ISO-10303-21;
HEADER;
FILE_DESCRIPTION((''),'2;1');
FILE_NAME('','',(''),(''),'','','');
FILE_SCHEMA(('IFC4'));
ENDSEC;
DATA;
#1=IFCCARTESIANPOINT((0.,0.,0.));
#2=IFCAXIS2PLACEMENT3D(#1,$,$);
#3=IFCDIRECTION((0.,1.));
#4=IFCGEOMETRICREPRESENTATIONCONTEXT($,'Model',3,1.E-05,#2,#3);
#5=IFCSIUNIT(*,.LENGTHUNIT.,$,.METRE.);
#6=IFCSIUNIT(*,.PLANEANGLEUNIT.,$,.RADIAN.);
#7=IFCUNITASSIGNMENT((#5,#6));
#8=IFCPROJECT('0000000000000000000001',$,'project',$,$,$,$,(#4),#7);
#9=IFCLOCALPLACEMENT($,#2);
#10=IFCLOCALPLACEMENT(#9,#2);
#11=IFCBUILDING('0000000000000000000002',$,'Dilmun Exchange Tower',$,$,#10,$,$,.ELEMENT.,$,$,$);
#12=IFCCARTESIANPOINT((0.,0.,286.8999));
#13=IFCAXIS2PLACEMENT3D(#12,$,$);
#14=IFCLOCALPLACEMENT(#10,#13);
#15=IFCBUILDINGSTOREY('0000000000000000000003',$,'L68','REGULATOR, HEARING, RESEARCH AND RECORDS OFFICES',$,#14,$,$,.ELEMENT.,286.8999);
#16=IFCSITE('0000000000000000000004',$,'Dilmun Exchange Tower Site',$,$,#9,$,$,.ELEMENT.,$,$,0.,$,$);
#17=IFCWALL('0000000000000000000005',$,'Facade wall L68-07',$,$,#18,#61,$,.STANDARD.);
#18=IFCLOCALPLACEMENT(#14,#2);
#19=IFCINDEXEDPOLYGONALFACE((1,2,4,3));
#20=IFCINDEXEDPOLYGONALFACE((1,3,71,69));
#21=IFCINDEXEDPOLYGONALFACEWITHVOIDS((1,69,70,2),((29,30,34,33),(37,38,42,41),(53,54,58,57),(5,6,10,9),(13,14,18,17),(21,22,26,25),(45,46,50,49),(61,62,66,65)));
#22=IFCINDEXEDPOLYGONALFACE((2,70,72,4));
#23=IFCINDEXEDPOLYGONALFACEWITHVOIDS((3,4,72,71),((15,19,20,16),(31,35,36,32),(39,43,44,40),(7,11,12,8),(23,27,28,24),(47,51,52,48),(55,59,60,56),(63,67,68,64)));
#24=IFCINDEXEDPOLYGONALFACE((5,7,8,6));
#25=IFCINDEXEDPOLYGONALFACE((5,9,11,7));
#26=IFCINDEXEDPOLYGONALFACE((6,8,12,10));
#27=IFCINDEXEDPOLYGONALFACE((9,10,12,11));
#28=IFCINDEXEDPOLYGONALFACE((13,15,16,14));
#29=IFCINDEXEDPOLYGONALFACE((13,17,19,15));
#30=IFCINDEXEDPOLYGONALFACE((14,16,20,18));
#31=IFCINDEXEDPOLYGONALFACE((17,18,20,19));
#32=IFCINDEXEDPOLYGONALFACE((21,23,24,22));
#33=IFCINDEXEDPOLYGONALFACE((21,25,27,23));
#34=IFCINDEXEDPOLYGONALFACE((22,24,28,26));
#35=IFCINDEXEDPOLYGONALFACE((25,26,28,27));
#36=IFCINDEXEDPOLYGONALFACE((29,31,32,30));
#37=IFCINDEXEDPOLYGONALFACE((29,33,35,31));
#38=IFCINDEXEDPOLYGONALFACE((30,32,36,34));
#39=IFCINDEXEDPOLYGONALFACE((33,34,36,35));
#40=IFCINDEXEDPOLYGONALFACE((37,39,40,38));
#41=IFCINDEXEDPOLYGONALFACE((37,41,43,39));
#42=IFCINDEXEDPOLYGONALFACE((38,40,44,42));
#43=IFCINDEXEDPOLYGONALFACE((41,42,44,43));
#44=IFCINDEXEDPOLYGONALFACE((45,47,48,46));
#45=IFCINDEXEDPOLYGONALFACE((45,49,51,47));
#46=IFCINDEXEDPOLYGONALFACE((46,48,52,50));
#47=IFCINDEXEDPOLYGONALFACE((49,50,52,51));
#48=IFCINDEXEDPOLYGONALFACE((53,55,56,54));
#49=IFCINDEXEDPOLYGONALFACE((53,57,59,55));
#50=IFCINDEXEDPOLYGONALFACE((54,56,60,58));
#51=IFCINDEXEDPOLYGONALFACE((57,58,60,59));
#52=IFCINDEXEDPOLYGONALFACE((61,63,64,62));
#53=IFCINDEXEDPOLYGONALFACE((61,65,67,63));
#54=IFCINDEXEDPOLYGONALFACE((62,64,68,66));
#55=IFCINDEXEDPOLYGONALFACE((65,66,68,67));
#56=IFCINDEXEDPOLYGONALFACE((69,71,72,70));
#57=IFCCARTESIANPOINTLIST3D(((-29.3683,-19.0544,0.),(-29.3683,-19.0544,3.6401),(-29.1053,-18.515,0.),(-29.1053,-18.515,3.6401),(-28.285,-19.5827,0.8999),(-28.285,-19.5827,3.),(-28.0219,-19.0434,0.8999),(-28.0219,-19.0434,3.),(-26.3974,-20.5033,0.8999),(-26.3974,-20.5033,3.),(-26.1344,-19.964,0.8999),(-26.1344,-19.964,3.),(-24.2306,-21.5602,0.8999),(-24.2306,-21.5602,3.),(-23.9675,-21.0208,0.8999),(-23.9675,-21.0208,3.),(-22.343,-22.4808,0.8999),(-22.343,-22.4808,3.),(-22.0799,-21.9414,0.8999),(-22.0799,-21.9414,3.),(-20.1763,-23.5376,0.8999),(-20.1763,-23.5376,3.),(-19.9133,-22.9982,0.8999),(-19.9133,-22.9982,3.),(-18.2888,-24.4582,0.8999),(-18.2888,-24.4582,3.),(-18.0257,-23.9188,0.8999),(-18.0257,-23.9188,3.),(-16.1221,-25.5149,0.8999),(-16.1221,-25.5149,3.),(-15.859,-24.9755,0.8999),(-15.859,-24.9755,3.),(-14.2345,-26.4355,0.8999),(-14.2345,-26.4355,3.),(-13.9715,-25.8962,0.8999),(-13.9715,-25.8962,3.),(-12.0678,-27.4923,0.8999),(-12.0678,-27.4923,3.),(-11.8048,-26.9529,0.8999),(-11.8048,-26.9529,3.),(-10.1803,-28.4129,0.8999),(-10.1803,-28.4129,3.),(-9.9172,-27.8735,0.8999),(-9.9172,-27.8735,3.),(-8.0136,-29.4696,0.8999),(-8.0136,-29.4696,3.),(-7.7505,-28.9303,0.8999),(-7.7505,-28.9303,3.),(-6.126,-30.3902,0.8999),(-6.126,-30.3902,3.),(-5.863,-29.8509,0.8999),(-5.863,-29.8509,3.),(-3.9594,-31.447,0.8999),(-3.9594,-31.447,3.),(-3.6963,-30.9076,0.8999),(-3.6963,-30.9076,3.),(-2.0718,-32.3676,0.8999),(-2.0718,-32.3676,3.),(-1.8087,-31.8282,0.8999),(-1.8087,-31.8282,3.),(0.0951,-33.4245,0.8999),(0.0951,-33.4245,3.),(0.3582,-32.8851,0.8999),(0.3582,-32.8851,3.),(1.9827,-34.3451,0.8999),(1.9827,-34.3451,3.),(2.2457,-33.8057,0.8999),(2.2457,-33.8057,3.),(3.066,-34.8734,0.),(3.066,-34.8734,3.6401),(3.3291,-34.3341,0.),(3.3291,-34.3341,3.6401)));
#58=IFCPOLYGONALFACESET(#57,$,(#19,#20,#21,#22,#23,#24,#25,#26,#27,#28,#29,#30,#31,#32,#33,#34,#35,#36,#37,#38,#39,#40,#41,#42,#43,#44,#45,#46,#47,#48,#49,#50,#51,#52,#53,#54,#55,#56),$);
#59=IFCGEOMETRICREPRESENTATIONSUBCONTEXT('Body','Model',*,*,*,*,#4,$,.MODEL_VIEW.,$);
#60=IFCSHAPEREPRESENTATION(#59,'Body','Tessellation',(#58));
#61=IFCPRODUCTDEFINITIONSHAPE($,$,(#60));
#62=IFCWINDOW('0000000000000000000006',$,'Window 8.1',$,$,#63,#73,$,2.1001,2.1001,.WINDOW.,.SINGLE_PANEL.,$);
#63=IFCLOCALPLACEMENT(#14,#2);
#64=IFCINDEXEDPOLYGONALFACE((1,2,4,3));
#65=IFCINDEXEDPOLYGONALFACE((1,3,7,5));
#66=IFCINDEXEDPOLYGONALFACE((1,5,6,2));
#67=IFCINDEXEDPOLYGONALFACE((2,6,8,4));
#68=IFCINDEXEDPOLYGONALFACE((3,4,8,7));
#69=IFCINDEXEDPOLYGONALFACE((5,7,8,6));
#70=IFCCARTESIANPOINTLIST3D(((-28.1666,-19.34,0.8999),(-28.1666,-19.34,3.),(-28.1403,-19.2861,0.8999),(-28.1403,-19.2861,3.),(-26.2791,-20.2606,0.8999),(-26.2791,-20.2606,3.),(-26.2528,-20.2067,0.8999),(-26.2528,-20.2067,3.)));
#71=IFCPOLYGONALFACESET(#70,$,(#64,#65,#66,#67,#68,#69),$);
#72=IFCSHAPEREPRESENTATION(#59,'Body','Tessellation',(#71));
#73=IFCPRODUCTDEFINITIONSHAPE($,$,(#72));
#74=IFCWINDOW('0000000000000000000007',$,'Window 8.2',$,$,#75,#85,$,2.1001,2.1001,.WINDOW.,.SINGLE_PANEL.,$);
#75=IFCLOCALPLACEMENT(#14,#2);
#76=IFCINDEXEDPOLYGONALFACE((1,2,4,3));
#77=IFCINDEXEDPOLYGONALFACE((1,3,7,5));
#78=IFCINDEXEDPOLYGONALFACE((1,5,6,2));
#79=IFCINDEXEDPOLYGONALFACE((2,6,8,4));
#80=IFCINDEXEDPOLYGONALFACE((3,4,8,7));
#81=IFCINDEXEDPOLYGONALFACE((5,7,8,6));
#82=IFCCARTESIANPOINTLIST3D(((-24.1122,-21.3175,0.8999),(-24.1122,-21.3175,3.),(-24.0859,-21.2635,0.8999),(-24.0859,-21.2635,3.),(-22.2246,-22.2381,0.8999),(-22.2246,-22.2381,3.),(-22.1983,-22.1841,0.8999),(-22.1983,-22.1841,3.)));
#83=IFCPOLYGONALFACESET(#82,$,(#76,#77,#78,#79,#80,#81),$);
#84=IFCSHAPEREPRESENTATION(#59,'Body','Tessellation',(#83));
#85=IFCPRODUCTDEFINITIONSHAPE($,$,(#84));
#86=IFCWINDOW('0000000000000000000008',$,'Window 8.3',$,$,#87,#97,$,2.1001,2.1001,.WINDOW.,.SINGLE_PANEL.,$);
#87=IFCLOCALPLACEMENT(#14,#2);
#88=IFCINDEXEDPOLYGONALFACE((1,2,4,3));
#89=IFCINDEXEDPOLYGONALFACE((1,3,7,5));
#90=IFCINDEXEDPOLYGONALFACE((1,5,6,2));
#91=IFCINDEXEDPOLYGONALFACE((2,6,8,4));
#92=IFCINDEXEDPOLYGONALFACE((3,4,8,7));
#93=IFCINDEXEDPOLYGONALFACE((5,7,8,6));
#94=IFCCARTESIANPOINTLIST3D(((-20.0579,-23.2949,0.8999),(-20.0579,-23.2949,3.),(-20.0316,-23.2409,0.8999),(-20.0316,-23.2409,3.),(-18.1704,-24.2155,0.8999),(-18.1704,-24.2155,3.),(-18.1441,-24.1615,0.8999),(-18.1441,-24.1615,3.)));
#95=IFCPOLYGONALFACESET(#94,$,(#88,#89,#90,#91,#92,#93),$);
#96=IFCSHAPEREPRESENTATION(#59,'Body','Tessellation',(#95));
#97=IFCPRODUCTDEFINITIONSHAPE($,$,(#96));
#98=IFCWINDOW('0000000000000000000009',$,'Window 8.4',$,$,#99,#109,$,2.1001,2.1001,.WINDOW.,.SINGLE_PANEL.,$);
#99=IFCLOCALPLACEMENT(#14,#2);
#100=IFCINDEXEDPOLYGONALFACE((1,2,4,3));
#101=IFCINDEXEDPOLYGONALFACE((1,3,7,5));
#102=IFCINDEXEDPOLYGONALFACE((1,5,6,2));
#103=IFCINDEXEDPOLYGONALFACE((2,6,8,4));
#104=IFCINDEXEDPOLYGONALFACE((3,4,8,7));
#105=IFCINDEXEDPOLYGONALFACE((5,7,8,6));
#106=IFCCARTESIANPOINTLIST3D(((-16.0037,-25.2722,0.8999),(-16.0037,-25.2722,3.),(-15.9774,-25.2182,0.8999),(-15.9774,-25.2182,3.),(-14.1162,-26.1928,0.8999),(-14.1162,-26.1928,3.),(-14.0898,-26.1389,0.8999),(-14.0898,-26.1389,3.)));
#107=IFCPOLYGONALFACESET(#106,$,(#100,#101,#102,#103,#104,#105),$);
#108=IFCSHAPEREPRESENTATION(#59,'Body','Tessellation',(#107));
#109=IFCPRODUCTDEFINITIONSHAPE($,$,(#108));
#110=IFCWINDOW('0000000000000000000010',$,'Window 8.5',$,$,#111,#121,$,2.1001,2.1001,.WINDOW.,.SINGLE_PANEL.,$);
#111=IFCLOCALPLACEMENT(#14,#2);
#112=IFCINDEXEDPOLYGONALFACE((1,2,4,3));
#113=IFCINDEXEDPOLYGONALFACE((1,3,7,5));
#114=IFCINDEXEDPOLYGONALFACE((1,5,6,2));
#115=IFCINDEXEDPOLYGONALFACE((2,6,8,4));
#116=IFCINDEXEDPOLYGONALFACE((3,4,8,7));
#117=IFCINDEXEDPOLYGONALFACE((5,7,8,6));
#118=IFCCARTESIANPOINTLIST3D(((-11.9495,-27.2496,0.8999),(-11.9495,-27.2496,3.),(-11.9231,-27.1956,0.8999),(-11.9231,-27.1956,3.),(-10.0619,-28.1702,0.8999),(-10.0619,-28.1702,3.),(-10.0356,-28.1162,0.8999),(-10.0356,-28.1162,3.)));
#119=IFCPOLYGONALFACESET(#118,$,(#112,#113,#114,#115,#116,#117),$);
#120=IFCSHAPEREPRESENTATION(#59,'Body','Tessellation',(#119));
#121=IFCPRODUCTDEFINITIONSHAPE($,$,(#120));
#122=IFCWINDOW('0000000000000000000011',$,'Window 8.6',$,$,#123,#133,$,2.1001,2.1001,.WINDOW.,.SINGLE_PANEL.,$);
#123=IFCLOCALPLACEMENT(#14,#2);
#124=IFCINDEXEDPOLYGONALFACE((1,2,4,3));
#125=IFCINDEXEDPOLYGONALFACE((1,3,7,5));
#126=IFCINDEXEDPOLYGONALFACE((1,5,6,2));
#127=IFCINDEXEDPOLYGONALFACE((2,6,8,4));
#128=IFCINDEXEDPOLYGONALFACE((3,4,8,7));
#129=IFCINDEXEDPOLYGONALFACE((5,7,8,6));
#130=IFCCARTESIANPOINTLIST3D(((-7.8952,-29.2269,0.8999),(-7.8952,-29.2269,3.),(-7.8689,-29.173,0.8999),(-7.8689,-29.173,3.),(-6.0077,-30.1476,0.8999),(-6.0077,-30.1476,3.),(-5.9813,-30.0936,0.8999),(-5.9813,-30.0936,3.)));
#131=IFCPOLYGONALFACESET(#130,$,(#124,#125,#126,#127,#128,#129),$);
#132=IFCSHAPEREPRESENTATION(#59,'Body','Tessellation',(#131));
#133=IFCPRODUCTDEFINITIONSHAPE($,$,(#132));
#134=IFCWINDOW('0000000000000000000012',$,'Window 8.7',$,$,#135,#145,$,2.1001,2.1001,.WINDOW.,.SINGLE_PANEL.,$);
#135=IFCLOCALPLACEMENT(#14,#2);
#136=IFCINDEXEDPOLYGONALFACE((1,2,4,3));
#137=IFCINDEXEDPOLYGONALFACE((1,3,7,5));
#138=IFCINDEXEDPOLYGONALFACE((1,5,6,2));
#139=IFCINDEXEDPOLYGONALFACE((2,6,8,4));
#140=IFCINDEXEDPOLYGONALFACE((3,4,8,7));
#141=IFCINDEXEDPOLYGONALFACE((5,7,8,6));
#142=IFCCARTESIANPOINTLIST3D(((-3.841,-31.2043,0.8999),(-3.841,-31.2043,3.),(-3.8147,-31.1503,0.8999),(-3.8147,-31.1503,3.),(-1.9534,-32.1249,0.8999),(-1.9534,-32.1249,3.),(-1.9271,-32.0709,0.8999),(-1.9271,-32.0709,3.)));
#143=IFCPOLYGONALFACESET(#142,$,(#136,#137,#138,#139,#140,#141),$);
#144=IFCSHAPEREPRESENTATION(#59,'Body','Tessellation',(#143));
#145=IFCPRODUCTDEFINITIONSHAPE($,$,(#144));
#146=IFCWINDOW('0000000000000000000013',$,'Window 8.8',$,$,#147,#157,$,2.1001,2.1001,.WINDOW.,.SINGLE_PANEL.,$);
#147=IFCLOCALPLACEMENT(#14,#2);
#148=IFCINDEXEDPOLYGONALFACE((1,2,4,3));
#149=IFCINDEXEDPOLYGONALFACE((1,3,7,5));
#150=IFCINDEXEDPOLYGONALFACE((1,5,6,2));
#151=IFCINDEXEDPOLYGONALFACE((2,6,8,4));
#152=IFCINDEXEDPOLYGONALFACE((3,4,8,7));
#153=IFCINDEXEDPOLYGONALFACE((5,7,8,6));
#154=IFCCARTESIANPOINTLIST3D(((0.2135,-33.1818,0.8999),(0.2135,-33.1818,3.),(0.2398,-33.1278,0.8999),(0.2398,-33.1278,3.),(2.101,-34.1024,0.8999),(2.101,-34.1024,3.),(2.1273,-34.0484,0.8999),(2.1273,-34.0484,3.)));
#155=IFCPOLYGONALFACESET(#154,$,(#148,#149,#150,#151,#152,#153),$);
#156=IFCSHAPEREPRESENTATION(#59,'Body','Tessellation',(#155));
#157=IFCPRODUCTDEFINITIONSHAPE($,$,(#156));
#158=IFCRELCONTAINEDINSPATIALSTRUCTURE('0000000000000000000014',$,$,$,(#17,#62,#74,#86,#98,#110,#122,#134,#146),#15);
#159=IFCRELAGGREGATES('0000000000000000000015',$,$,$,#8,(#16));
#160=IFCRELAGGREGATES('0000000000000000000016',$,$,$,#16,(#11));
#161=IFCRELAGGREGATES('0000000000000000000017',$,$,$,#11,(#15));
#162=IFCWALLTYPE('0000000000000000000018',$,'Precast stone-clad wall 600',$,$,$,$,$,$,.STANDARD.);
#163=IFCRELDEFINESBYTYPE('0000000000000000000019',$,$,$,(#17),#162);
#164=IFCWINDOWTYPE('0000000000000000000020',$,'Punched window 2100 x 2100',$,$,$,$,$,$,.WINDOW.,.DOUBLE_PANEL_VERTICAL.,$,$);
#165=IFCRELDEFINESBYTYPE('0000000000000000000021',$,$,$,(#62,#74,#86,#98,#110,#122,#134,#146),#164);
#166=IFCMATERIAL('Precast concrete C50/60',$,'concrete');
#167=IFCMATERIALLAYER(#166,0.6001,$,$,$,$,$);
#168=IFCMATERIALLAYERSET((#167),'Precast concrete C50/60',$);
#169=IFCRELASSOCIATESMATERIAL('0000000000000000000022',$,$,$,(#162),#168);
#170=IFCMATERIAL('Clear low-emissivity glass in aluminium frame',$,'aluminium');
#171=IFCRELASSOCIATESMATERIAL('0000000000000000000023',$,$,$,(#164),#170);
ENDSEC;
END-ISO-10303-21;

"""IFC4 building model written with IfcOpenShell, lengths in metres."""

from ifc_helpers import new_model, si_unit, direction, frame, frame_2d, origin, place, context, subcontext, project, spatial, rectangle, extrude, material, layer, layer_set, type_object, element, fill, save


model = new_model("IFC4")

# Units and contexts
model_context = context("Model", 3, precision=1e-05, world=origin(), true_north=direction((0.0, 1.0)))
body_context = subcontext(model_context, "Body", "Model", "MODEL_VIEW")
ifc_project = project(units=[si_unit("LENGTHUNIT", "METRE"), si_unit("PLANEANGLEUNIT", "RADIAN")], contexts=[model_context])

# Site, building, storey
site_placement = place(None, origin())
site = spatial("IfcSite", under=ifc_project, at=site_placement, Name="Dilmun Exchange Tower Site", CompositionType="ELEMENT", RefElevation=0.0)
building_placement = place(site_placement, origin())
building = spatial("IfcBuilding", under=site, at=building_placement, Name="Dilmun Exchange Tower", CompositionType="ELEMENT")
storey_placement = place(building_placement, frame((0.0, 0.0, 286.8999)))
storey = spatial("IfcBuildingStorey", under=building, at=storey_placement, Name="L68", Description="REGULATOR, HEARING, RESEARCH AND RECORDS OFFICES", CompositionType="ELEMENT", Elevation=286.8999)

# Shared definitions
ifc_material_1 = material(Name="Precast concrete C50/60", Category="concrete")
ifc_layer_1 = layer(ifc_material_1, 0.6001)
ifc_layer_set_1 = layer_set([ifc_layer_1], Name="Precast concrete C50/60")
wall_type_1 = type_object("IfcWallType", Name="Precast stone-clad wall 600", PredefinedType="STANDARD", material=ifc_layer_set_1)
ifc_material_2 = material(Name="Clear low-emissivity glass in aluminium frame", Category="aluminium")

# Wall, openings, windows
wall_1_placement = place(storey_placement, frame((-29.2368, -18.7847, 0.0), z_axis=(0.0, 0.0, 1.0), x_axis=(0.898796, -0.438367, 0.0)))
wall_1 = element("IfcWall", 1, at=wall_1_placement, inside=storey, type_object=wall_type_1, Name="Facade wall L68-07", PredefinedType="STANDARD", context=body_context, shape_type="SweptSolid", body=[
    extrude(rectangle(XDim=36.0864, YDim=0.6001, at=frame_2d((18.0432, 0.0))), origin(), (0.0, 0.0, 1.0), 3.6401),
])
opening_1_placement = place(wall_1_placement, frame((1.2053, 0.0, 0.8999)))
opening_1 = element("IfcOpeningElement", 2, at=opening_1_placement, cuts=wall_1, PredefinedType="OPENING", context=body_context, shape_type="SweptSolid", body=[
    extrude(rectangle(XDim=2.1001, YDim=2.1001, at=frame_2d((1.05, 1.05))), frame((0.0, 0.3101, 0.0), z_axis=(0.0, -1.0, 0.0), x_axis=(1.0, 0.0, 0.0)), (0.0, 0.0, 1.0), 0.6201),
])
opening_2_placement = place(wall_1_placement, frame((5.7163, 0.0, 0.8999)))
opening_2 = element("IfcOpeningElement", 3, at=opening_2_placement, cuts=wall_1, PredefinedType="OPENING", context=body_context, shape_type="SweptSolid", body=[
    extrude(rectangle(XDim=2.1001, YDim=2.1001, at=frame_2d((1.05, 1.05))), frame((0.0, 0.3101, 0.0), z_axis=(0.0, -1.0, 0.0), x_axis=(1.0, 0.0, 0.0)), (0.0, 0.0, 1.0), 0.6201),
])
opening_3_placement = place(wall_1_placement, frame((10.2271, 0.0, 0.8999)))
opening_3 = element("IfcOpeningElement", 4, at=opening_3_placement, cuts=wall_1, PredefinedType="OPENING", context=body_context, shape_type="SweptSolid", body=[
    extrude(rectangle(XDim=2.1001, YDim=2.1001, at=frame_2d((1.05, 1.05))), frame((0.0, 0.3101, 0.0), z_axis=(0.0, -1.0, 0.0), x_axis=(1.0, 0.0, 0.0)), (0.0, 0.0, 1.0), 0.6201),
])
opening_4_placement = place(wall_1_placement, frame((14.7378, 0.0, 0.8999)))
opening_4 = element("IfcOpeningElement", 5, at=opening_4_placement, cuts=wall_1, PredefinedType="OPENING", context=body_context, shape_type="SweptSolid", body=[
    extrude(rectangle(XDim=2.1001, YDim=2.1001, at=frame_2d((1.05, 1.05))), frame((0.0, 0.3101, 0.0), z_axis=(0.0, -1.0, 0.0), x_axis=(1.0, 0.0, 0.0)), (0.0, 0.0, 1.0), 0.6201),
])
opening_5_placement = place(wall_1_placement, frame((19.2485, 0.0, 0.8999)))
opening_5 = element("IfcOpeningElement", 6, at=opening_5_placement, cuts=wall_1, PredefinedType="OPENING", context=body_context, shape_type="SweptSolid", body=[
    extrude(rectangle(XDim=2.1001, YDim=2.1001, at=frame_2d((1.05, 1.05))), frame((0.0, 0.3101, 0.0), z_axis=(0.0, -1.0, 0.0), x_axis=(1.0, 0.0, 0.0)), (0.0, 0.0, 1.0), 0.6201),
])
opening_6_placement = place(wall_1_placement, frame((23.7593, 0.0, 0.8999)))
opening_6 = element("IfcOpeningElement", 7, at=opening_6_placement, cuts=wall_1, PredefinedType="OPENING", context=body_context, shape_type="SweptSolid", body=[
    extrude(rectangle(XDim=2.1001, YDim=2.1001, at=frame_2d((1.05, 1.05))), frame((0.0, 0.3101, 0.0), z_axis=(0.0, -1.0, 0.0), x_axis=(1.0, 0.0, 0.0)), (0.0, 0.0, 1.0), 0.6201),
])
opening_7_placement = place(wall_1_placement, frame((28.27, 0.0, 0.8999)))
opening_7 = element("IfcOpeningElement", 8, at=opening_7_placement, cuts=wall_1, PredefinedType="OPENING", context=body_context, shape_type="SweptSolid", body=[
    extrude(rectangle(XDim=2.1001, YDim=2.1001, at=frame_2d((1.05, 1.05))), frame((0.0, 0.3101, 0.0), z_axis=(0.0, -1.0, 0.0), x_axis=(1.0, 0.0, 0.0)), (0.0, 0.0, 1.0), 0.6201),
])
opening_8_placement = place(wall_1_placement, frame((32.781, 0.0, 0.8999)))
opening_8 = element("IfcOpeningElement", 9, at=opening_8_placement, cuts=wall_1, PredefinedType="OPENING", context=body_context, shape_type="SweptSolid", body=[
    extrude(rectangle(XDim=2.1001, YDim=2.1001, at=frame_2d((1.05, 1.05))), frame((0.0, 0.3101, 0.0), z_axis=(0.0, -1.0, 0.0), x_axis=(1.0, 0.0, 0.0)), (0.0, 0.0, 1.0), 0.6201),
])
window_type_1 = type_object("IfcWindowType", Name="Punched window 2100 x 2100", PartitioningType="DOUBLE_PANEL_VERTICAL", PredefinedType="WINDOW", material=ifc_material_2)
window_1_placement = place(opening_1_placement, origin())
window_1 = element("IfcWindow", 10, at=window_1_placement, inside=storey, type_object=window_type_1, Name="Window 8.1", OverallHeight=2.1001, OverallWidth=2.1001, PartitioningType="SINGLE_PANEL", PredefinedType="WINDOW", context=body_context, shape_type="SweptSolid", body=[
    extrude(rectangle(XDim=2.1001, YDim=2.1001, at=frame_2d((1.05, 1.05))), frame((0.0, 0.03, 0.0), z_axis=(0.0, -1.0, 0.0), x_axis=(1.0, 0.0, 0.0)), (0.0, 0.0, 1.0), 0.0601),
])
fill(opening_1, window_1)
window_2_placement = place(opening_2_placement, origin())
window_2 = element("IfcWindow", 11, at=window_2_placement, inside=storey, type_object=window_type_1, Name="Window 8.2", OverallHeight=2.1001, OverallWidth=2.1001, PartitioningType="SINGLE_PANEL", PredefinedType="WINDOW", context=body_context, shape_type="SweptSolid", body=[
    extrude(rectangle(XDim=2.1001, YDim=2.1001, at=frame_2d((1.05, 1.05))), frame((0.0, 0.03, 0.0), z_axis=(0.0, -1.0, 0.0), x_axis=(1.0, 0.0, 0.0)), (0.0, 0.0, 1.0), 0.0601),
])
fill(opening_2, window_2)
window_3_placement = place(opening_3_placement, origin())
window_3 = element("IfcWindow", 12, at=window_3_placement, inside=storey, type_object=window_type_1, Name="Window 8.3", OverallHeight=2.1001, OverallWidth=2.1001, PartitioningType="SINGLE_PANEL", PredefinedType="WINDOW", context=body_context, shape_type="SweptSolid", body=[
    extrude(rectangle(XDim=2.1001, YDim=2.1001, at=frame_2d((1.05, 1.05))), frame((0.0, 0.03, 0.0), z_axis=(0.0, -1.0, 0.0), x_axis=(1.0, 0.0, 0.0)), (0.0, 0.0, 1.0), 0.0601),
])
fill(opening_3, window_3)
window_4_placement = place(opening_4_placement, origin())
window_4 = element("IfcWindow", 13, at=window_4_placement, inside=storey, type_object=window_type_1, Name="Window 8.4", OverallHeight=2.1001, OverallWidth=2.1001, PartitioningType="SINGLE_PANEL", PredefinedType="WINDOW", context=body_context, shape_type="SweptSolid", body=[
    extrude(rectangle(XDim=2.1001, YDim=2.1001, at=frame_2d((1.05, 1.05))), frame((0.0, 0.03, 0.0), z_axis=(0.0, -1.0, 0.0), x_axis=(1.0, 0.0, 0.0)), (0.0, 0.0, 1.0), 0.0601),
])
fill(opening_4, window_4)
window_5_placement = place(opening_5_placement, origin())
window_5 = element("IfcWindow", 14, at=window_5_placement, inside=storey, type_object=window_type_1, Name="Window 8.5", OverallHeight=2.1001, OverallWidth=2.1001, PartitioningType="SINGLE_PANEL", PredefinedType="WINDOW", context=body_context, shape_type="SweptSolid", body=[
    extrude(rectangle(XDim=2.1001, YDim=2.1001, at=frame_2d((1.05, 1.05))), frame((0.0, 0.03, 0.0), z_axis=(0.0, -1.0, 0.0), x_axis=(1.0, 0.0, 0.0)), (0.0, 0.0, 1.0), 0.0601),
])
fill(opening_5, window_5)
window_6_placement = place(opening_6_placement, origin())
window_6 = element("IfcWindow", 15, at=window_6_placement, inside=storey, type_object=window_type_1, Name="Window 8.6", OverallHeight=2.1001, OverallWidth=2.1001, PartitioningType="SINGLE_PANEL", PredefinedType="WINDOW", context=body_context, shape_type="SweptSolid", body=[
    extrude(rectangle(XDim=2.1001, YDim=2.1001, at=frame_2d((1.05, 1.05))), frame((0.0, 0.03, 0.0), z_axis=(0.0, -1.0, 0.0), x_axis=(1.0, 0.0, 0.0)), (0.0, 0.0, 1.0), 0.0601),
])
fill(opening_6, window_6)
window_7_placement = place(opening_7_placement, origin())
window_7 = element("IfcWindow", 16, at=window_7_placement, inside=storey, type_object=window_type_1, Name="Window 8.7", OverallHeight=2.1001, OverallWidth=2.1001, PartitioningType="SINGLE_PANEL", PredefinedType="WINDOW", context=body_context, shape_type="SweptSolid", body=[
    extrude(rectangle(XDim=2.1001, YDim=2.1001, at=frame_2d((1.05, 1.05))), frame((0.0, 0.03, 0.0), z_axis=(0.0, -1.0, 0.0), x_axis=(1.0, 0.0, 0.0)), (0.0, 0.0, 1.0), 0.0601),
])
fill(opening_7, window_7)
window_8_placement = place(opening_8_placement, origin())
window_8 = element("IfcWindow", 17, at=window_8_placement, inside=storey, type_object=window_type_1, Name="Window 8.8", OverallHeight=2.1001, OverallWidth=2.1001, PartitioningType="SINGLE_PANEL", PredefinedType="WINDOW", context=body_context, shape_type="SweptSolid", body=[
    extrude(rectangle(XDim=2.1001, YDim=2.1001, at=frame_2d((1.05, 1.05))), frame((0.0, 0.03, 0.0), z_axis=(0.0, -1.0, 0.0), x_axis=(1.0, 0.0, 0.0)), (0.0, 0.0, 1.0), 0.0601),
])
fill(opening_8, window_8)

save(model, "model.ifc")
